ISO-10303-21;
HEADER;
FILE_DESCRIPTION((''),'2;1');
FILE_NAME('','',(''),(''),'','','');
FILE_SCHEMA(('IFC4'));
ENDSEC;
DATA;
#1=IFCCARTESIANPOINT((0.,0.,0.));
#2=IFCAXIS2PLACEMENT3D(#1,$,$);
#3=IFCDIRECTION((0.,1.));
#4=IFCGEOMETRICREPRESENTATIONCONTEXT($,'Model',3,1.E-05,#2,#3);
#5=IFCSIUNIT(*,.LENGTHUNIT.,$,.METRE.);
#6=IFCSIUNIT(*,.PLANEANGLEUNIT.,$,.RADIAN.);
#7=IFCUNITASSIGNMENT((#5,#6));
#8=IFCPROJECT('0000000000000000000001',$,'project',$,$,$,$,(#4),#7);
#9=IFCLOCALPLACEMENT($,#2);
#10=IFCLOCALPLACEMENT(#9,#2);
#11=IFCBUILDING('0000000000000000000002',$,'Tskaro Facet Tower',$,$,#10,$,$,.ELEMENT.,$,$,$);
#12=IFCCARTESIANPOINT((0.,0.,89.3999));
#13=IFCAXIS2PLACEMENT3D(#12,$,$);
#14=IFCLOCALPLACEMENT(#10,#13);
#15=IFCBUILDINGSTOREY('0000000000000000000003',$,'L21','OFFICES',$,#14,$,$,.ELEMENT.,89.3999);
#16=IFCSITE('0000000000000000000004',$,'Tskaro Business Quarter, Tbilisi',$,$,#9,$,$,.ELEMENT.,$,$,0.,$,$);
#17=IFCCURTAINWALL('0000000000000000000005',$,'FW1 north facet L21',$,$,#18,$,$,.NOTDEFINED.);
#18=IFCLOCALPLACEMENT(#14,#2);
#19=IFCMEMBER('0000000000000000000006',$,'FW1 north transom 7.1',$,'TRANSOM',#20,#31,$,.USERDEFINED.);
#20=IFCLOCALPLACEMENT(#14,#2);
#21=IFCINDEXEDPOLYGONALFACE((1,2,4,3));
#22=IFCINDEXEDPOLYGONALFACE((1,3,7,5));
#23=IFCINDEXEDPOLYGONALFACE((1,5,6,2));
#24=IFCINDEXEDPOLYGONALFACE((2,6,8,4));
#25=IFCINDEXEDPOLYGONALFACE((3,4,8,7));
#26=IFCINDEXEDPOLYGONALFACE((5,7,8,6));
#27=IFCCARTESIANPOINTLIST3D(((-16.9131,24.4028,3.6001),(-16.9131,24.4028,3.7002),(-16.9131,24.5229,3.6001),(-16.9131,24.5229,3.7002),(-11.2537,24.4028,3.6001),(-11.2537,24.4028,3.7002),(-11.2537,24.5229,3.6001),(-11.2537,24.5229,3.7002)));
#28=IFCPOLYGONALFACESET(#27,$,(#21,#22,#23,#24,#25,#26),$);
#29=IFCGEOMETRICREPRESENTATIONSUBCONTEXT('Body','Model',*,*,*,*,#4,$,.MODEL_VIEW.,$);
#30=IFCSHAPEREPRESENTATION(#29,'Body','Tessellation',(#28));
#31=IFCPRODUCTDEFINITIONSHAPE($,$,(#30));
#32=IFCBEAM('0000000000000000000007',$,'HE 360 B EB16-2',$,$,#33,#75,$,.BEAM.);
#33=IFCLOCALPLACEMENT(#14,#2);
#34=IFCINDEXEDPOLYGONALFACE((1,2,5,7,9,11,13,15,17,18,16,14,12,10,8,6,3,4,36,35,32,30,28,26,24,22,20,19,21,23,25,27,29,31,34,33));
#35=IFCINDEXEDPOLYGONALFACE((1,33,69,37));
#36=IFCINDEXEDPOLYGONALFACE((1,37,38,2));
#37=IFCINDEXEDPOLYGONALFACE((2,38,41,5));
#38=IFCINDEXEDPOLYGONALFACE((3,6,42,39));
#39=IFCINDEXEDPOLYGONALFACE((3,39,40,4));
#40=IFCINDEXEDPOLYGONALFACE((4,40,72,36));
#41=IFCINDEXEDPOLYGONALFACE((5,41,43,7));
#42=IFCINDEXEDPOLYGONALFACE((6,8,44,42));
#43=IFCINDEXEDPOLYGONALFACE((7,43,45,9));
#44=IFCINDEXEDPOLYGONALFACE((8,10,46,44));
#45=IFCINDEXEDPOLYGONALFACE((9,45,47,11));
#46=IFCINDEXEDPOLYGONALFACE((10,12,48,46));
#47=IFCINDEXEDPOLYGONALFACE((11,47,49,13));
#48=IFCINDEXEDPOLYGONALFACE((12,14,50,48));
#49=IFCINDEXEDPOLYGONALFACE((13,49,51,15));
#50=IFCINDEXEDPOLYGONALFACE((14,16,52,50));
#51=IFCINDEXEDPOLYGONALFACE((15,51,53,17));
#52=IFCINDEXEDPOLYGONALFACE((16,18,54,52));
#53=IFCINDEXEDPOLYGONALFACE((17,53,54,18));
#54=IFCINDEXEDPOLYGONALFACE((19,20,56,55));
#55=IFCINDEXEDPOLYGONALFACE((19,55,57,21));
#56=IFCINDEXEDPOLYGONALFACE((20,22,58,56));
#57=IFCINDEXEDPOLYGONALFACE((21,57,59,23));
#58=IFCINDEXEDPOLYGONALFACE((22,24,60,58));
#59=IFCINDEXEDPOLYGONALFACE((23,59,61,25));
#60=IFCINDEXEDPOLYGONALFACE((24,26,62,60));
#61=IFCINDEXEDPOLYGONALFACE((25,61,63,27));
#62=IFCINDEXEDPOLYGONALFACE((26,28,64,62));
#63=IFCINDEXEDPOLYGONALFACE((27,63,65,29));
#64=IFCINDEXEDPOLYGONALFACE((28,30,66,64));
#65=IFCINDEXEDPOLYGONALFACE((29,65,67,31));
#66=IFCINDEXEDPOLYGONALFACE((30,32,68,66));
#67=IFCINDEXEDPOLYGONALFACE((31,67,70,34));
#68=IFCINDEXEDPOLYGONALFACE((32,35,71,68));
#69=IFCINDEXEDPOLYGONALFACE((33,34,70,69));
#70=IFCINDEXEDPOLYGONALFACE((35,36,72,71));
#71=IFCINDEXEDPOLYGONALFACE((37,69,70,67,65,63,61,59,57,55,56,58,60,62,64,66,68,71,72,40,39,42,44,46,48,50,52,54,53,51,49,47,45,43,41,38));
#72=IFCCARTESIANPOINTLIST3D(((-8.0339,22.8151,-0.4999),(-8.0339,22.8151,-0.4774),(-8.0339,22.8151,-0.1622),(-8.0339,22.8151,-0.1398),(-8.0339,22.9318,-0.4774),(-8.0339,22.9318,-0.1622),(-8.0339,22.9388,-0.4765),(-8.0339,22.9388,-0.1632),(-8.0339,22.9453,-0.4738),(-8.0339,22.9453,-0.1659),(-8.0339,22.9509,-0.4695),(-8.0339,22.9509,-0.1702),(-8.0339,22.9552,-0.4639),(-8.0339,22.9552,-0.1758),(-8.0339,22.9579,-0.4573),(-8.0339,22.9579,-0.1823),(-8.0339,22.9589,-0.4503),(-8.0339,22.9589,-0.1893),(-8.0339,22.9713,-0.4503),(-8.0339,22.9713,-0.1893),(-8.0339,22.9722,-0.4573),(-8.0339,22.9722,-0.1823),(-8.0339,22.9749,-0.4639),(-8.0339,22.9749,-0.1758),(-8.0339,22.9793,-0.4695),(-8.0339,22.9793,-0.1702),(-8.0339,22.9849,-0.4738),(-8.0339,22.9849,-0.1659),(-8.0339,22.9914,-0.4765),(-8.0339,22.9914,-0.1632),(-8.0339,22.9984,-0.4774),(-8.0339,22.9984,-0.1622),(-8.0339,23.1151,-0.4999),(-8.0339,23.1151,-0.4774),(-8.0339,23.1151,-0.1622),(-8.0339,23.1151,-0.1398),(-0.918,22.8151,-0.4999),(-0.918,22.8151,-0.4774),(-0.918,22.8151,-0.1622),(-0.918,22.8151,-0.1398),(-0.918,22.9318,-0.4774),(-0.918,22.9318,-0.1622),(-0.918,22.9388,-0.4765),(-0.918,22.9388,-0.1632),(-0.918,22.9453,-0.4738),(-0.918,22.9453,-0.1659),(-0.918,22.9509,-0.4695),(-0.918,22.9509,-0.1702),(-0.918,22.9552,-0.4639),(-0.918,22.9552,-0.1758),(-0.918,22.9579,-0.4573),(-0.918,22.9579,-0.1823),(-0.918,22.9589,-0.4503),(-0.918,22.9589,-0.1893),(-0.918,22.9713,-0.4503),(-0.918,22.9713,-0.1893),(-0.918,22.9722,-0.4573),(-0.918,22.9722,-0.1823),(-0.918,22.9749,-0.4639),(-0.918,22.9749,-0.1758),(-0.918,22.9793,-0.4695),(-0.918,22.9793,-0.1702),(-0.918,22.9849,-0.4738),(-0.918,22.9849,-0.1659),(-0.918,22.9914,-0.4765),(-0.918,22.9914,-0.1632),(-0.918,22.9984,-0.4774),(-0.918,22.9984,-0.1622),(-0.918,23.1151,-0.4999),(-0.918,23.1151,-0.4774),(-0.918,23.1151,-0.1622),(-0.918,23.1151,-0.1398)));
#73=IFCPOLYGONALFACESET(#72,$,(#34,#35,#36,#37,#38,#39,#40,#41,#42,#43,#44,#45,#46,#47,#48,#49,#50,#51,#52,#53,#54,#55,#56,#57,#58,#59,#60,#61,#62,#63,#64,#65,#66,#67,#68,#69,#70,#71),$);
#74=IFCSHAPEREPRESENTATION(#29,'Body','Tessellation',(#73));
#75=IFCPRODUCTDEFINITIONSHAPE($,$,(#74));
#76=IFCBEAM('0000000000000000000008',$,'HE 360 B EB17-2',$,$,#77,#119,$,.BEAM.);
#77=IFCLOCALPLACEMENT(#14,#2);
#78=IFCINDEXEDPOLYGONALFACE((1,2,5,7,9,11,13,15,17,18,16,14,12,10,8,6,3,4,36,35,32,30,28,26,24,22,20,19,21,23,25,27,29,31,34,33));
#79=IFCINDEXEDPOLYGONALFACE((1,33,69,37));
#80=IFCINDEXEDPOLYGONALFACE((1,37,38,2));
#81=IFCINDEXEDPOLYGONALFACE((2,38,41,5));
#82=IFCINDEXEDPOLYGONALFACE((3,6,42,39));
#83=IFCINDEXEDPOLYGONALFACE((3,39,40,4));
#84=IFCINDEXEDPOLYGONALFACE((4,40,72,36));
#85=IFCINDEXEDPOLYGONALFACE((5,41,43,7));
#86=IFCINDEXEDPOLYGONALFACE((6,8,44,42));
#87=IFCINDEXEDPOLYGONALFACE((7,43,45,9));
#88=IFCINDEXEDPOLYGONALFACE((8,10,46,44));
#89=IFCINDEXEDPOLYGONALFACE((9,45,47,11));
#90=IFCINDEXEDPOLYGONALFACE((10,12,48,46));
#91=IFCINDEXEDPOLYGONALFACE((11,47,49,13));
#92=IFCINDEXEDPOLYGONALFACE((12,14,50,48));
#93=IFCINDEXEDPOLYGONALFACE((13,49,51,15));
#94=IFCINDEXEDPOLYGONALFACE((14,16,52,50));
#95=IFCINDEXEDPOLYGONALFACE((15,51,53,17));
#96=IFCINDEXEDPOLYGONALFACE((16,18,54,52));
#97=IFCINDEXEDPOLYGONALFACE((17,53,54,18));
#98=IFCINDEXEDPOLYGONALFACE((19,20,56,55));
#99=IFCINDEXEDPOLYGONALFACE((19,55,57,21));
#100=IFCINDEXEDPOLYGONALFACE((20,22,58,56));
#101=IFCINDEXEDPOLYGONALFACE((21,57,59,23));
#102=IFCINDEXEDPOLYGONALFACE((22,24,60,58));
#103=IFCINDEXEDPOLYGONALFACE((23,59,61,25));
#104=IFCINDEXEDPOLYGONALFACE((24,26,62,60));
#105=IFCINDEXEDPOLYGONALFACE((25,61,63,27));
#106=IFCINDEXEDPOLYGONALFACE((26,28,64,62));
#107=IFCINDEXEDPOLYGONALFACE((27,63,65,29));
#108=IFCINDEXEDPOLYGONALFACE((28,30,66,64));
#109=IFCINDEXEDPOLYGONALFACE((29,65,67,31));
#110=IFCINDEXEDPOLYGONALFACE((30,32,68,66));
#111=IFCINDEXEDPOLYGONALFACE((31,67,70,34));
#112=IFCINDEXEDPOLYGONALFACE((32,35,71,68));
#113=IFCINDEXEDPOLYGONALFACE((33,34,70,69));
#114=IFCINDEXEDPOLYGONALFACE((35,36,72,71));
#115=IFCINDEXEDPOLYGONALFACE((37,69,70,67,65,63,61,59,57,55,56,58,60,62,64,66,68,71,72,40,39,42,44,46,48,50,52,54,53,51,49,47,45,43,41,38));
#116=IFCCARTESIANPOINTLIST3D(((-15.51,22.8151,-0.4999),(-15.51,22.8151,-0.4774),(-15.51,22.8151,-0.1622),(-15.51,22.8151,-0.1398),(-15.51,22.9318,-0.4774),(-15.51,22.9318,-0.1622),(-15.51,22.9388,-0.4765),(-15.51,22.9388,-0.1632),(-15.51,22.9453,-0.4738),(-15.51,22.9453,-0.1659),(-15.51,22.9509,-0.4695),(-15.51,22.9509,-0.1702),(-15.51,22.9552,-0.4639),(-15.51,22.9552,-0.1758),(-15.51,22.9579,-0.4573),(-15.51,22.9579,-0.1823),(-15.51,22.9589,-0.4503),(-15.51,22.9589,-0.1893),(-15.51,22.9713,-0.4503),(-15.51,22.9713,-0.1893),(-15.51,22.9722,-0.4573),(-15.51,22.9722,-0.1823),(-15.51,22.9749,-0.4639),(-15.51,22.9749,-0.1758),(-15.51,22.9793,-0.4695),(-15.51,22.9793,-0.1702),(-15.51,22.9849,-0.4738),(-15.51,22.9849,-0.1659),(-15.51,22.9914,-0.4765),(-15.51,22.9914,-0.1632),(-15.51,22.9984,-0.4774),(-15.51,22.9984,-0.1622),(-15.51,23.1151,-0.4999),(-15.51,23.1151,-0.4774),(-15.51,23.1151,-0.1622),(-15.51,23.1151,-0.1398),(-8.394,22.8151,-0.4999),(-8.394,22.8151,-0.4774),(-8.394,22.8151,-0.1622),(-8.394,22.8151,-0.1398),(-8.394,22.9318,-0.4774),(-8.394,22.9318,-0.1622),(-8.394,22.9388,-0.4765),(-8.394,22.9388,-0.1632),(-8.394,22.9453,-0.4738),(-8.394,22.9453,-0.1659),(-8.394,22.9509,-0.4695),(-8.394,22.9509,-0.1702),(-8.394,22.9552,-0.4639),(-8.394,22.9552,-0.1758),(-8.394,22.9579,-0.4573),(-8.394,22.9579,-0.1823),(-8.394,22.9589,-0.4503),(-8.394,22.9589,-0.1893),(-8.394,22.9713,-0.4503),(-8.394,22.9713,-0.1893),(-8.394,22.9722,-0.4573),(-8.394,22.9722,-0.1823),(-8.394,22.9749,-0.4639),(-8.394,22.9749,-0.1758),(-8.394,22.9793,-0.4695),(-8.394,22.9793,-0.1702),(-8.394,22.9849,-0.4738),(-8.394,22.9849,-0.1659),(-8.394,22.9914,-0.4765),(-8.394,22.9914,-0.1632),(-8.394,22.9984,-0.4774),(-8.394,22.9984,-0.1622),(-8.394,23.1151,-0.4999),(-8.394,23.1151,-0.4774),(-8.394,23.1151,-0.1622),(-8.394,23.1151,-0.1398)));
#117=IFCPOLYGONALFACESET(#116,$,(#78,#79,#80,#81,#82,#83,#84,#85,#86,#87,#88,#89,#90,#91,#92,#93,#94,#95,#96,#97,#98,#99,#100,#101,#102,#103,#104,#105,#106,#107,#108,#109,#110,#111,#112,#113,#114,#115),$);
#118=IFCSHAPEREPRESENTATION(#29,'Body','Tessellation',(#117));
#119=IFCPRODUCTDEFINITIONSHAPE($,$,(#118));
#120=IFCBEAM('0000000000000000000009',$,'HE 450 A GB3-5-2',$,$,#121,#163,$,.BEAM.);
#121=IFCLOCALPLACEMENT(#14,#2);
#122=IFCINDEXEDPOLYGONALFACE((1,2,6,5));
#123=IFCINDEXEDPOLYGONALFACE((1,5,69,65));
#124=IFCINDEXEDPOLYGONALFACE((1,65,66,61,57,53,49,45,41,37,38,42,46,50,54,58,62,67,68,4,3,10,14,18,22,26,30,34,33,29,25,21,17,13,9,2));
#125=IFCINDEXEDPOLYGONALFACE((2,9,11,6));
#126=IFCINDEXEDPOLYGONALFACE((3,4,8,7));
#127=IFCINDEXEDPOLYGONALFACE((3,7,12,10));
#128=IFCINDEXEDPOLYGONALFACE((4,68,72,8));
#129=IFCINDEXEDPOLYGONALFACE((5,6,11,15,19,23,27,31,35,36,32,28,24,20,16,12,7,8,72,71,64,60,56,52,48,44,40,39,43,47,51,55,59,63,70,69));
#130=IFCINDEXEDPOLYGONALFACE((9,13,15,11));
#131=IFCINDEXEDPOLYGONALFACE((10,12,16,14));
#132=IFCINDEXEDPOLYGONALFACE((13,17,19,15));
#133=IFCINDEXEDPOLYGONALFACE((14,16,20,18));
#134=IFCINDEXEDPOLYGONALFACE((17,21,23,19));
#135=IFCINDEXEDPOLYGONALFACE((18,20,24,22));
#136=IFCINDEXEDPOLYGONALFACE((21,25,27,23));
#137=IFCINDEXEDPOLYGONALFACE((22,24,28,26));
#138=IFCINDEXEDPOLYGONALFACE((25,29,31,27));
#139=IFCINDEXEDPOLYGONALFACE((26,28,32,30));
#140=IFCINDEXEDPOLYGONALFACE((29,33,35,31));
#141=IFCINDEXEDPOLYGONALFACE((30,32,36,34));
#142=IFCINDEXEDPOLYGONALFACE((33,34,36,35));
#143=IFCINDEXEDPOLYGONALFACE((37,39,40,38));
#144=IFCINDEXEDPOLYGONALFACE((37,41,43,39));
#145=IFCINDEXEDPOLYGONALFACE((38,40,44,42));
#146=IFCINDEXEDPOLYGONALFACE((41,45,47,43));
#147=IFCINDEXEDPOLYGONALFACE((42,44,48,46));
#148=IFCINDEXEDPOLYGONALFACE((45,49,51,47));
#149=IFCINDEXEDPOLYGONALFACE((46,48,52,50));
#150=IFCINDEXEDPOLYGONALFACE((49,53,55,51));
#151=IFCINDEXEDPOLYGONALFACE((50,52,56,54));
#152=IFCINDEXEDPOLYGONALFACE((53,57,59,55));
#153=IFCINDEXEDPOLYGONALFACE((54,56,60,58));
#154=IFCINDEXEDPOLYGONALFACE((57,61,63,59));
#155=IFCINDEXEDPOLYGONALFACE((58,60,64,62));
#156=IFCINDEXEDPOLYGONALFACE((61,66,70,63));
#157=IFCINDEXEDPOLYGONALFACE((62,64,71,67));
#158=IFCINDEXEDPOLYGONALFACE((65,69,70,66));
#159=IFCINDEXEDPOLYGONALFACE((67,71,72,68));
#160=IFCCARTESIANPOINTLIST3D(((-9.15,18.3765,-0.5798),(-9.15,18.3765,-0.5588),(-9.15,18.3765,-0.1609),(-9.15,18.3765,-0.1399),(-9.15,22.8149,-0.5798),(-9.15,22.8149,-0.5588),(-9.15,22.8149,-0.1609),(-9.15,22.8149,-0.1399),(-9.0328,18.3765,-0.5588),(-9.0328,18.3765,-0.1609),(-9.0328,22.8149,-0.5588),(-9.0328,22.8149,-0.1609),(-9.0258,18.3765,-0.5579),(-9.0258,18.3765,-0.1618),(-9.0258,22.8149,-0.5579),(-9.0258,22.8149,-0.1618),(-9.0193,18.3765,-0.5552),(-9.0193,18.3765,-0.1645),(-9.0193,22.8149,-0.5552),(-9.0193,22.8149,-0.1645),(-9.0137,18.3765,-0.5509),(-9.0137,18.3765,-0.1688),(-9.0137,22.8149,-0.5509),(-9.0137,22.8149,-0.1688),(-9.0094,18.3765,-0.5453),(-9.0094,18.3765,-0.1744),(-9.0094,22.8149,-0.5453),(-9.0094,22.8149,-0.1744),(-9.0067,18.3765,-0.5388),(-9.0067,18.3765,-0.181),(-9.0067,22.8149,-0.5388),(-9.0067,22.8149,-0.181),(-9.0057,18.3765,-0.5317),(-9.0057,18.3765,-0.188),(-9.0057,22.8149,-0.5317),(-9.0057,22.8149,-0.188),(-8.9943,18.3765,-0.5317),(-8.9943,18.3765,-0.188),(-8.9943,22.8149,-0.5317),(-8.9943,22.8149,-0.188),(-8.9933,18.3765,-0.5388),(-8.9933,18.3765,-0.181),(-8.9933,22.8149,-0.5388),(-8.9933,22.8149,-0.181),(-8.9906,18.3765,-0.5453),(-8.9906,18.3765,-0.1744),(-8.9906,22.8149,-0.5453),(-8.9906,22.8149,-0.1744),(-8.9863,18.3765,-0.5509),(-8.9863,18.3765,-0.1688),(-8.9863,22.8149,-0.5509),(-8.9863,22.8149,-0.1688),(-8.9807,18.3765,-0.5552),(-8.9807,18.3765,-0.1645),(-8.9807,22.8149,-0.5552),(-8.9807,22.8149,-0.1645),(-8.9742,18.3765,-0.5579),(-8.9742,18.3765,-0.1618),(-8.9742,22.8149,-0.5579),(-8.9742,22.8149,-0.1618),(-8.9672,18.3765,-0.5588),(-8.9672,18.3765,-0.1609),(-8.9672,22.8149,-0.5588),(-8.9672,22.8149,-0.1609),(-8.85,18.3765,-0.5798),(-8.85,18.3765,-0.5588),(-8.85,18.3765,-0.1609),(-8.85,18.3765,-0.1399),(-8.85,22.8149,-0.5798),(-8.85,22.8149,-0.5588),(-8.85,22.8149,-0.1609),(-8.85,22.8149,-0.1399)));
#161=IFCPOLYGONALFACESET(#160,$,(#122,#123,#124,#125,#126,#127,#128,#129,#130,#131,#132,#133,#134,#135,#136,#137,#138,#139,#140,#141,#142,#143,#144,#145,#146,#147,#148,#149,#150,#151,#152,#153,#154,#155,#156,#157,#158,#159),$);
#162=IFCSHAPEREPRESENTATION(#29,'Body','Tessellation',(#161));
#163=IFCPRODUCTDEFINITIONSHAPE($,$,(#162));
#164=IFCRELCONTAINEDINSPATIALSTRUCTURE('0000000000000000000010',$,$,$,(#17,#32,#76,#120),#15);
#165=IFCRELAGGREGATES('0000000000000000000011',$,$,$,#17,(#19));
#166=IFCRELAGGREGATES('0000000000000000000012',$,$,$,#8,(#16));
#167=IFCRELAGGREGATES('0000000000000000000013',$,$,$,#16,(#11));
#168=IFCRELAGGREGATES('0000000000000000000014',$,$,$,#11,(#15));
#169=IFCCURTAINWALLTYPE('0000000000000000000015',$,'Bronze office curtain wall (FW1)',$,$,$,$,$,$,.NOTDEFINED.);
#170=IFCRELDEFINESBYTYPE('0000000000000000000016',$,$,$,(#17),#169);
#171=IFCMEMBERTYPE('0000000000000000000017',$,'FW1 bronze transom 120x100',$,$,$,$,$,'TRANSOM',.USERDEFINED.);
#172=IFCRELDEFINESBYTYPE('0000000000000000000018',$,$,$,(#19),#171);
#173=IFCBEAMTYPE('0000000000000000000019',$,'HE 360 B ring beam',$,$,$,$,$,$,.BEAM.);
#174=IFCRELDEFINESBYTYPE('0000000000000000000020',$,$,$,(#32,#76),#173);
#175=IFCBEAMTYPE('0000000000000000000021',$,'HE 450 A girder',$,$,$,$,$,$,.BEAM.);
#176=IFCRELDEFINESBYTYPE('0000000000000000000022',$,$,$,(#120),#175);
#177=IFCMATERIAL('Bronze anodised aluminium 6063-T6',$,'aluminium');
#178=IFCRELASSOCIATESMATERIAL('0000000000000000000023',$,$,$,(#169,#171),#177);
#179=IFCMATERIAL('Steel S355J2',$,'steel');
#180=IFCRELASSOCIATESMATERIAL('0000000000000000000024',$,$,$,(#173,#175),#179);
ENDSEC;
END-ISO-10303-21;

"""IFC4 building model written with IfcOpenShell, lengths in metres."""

from ifc_helpers import new_model, si_unit, direction, frame, origin, origin_2d, place, context, subcontext, project, spatial, rectangle, i_section, extrude, material, material_profile, profile_set, type_object, element, aggregate, save


model = new_model("IFC4")

# Units and contexts
model_context = context("Model", 3, precision=1e-05, world=origin(), true_north=direction((0.0, 1.0)))
body_context = subcontext(model_context, "Body", "Model", "MODEL_VIEW")
ifc_project = project(units=[si_unit("LENGTHUNIT", "METRE"), si_unit("PLANEANGLEUNIT", "RADIAN")], contexts=[model_context])

# Site, building, storey
site_placement = place(None, origin())
site = spatial("IfcSite", under=ifc_project, at=site_placement, Name="Tskaro Business Quarter, Tbilisi", CompositionType="ELEMENT", RefElevation=0.0)
building_placement = place(site_placement, origin())
building = spatial("IfcBuilding", under=site, at=building_placement, Name="Tskaro Facet Tower", CompositionType="ELEMENT")
storey_placement = place(building_placement, frame((0.0, 0.0, 89.3999)))
storey = spatial("IfcBuildingStorey", under=building, at=storey_placement, Name="L21", Description="OFFICES", CompositionType="ELEMENT", Elevation=89.3999)

# Curtain wall, member
ifc_material_1 = material(Name="Bronze anodised aluminium 6063-T6", Category="aluminium")
curtain_wall_type = type_object("IfcCurtainWallType", Name="Bronze office curtain wall (FW1)", PredefinedType="NOTDEFINED", material=ifc_material_1)
curtain_wall_placement = place(storey_placement, origin())
curtain_wall = element("IfcCurtainWall", 1, at=curtain_wall_placement, inside=storey, type_object=curtain_wall_type, Name="FW1 north facet L21", PredefinedType="NOTDEFINED")
ifc_material_profile_1 = material_profile(ifc_material_1, rectangle(XDim=0.1201, YDim=0.1001, at=origin_2d()), Name="Transom 120x100")
ifc_profile_set_1 = profile_set([ifc_material_profile_1], Name="Bronze anodised aluminium 6063-T6")
member_type_1 = type_object("IfcMemberType", Name="FW1 bronze transom 120x100", ElementType="TRANSOM", PredefinedType="USERDEFINED", material=ifc_profile_set_1)
member_1_placement = place(storey_placement, frame((-11.2537, 24.4629, 3.6501), z_axis=(-1.0, 0.0, 0.0), x_axis=(0.0, -1.0, 0.0)))
member_1 = element("IfcMember", 2, at=member_1_placement, type_object=member_type_1, Name="FW1 north transom 7.1", ObjectType="TRANSOM", PredefinedType="USERDEFINED", context=body_context, shape_type="SweptSolid", body=[
    extrude(rectangle(XDim=0.1201, YDim=0.1001, at=origin_2d()), origin(), (0.0, 0.0, 1.0), 5.6594),
])

# Beams
ifc_material_2 = material(Name="Steel S355J2", Category="steel")
ifc_material_profile_2 = material_profile(ifc_material_2, i_section(OverallWidth=0.3, OverallDepth=0.3601, WebThickness=0.0125, FlangeThickness=0.0225, FilletRadius=0.0271, at=origin_2d()), Name="HE 360 B")
ifc_profile_set_2 = profile_set([ifc_material_profile_2], Name="Steel S355J2")
beam_type_1 = type_object("IfcBeamType", Name="HE 360 B ring beam", PredefinedType="BEAM", material=ifc_profile_set_2)
for number, where, z_axis, x_axis, name in (
    (3, (-0.918, 22.9651, -0.3198), (-1.0, 0.0, 0.0), (0.0, -1.0, 0.0), "HE 360 B EB16-2"),
    (4, (-8.394, 22.9651, -0.3198), (-1.0, 0.0, 0.0), (0.0, -1.0, 0.0), "HE 360 B EB17-2"),
):
    element("IfcBeam", number, at=place(storey_placement, frame(where, z_axis=z_axis, x_axis=x_axis)), inside=storey, type_object=beam_type_1, Name=name, PredefinedType="BEAM", context=body_context, shape_type="SweptSolid", body=[
        extrude(i_section(OverallWidth=0.3, OverallDepth=0.3601, WebThickness=0.0125, FlangeThickness=0.0225, FilletRadius=0.0271, at=origin_2d()), origin(), (0.0, 0.0, 1.0), 7.116),
    ])
ifc_material_profile_3 = material_profile(ifc_material_2, i_section(OverallWidth=0.3, OverallDepth=0.4399, WebThickness=0.0115, FlangeThickness=0.021, FilletRadius=0.0271, at=origin_2d()), Name="HE 450 A")
ifc_profile_set_3 = profile_set([ifc_material_profile_3], Name="Steel S355J2")
beam_type_2 = type_object("IfcBeamType", Name="HE 450 A girder", PredefinedType="BEAM", material=ifc_profile_set_3)
for number, where, z_axis, x_axis, name in (
    (5, (-9.0, 18.3765, -0.3599), (0.0, 1.0, 0.0), (-1.0, 0.0, 0.0), "HE 450 A GB3-5-2"),
):
    element("IfcBeam", number, at=place(storey_placement, frame(where, z_axis=z_axis, x_axis=x_axis)), inside=storey, type_object=beam_type_2, Name=name, PredefinedType="BEAM", context=body_context, shape_type="SweptSolid", body=[
        extrude(i_section(OverallWidth=0.3, OverallDepth=0.4399, WebThickness=0.0115, FlangeThickness=0.021, FilletRadius=0.0271, at=origin_2d()), origin(), (0.0, 0.0, 1.0), 4.4385),
    ])

aggregate(curtain_wall, [member_1])

save(model, "model.ifc")
